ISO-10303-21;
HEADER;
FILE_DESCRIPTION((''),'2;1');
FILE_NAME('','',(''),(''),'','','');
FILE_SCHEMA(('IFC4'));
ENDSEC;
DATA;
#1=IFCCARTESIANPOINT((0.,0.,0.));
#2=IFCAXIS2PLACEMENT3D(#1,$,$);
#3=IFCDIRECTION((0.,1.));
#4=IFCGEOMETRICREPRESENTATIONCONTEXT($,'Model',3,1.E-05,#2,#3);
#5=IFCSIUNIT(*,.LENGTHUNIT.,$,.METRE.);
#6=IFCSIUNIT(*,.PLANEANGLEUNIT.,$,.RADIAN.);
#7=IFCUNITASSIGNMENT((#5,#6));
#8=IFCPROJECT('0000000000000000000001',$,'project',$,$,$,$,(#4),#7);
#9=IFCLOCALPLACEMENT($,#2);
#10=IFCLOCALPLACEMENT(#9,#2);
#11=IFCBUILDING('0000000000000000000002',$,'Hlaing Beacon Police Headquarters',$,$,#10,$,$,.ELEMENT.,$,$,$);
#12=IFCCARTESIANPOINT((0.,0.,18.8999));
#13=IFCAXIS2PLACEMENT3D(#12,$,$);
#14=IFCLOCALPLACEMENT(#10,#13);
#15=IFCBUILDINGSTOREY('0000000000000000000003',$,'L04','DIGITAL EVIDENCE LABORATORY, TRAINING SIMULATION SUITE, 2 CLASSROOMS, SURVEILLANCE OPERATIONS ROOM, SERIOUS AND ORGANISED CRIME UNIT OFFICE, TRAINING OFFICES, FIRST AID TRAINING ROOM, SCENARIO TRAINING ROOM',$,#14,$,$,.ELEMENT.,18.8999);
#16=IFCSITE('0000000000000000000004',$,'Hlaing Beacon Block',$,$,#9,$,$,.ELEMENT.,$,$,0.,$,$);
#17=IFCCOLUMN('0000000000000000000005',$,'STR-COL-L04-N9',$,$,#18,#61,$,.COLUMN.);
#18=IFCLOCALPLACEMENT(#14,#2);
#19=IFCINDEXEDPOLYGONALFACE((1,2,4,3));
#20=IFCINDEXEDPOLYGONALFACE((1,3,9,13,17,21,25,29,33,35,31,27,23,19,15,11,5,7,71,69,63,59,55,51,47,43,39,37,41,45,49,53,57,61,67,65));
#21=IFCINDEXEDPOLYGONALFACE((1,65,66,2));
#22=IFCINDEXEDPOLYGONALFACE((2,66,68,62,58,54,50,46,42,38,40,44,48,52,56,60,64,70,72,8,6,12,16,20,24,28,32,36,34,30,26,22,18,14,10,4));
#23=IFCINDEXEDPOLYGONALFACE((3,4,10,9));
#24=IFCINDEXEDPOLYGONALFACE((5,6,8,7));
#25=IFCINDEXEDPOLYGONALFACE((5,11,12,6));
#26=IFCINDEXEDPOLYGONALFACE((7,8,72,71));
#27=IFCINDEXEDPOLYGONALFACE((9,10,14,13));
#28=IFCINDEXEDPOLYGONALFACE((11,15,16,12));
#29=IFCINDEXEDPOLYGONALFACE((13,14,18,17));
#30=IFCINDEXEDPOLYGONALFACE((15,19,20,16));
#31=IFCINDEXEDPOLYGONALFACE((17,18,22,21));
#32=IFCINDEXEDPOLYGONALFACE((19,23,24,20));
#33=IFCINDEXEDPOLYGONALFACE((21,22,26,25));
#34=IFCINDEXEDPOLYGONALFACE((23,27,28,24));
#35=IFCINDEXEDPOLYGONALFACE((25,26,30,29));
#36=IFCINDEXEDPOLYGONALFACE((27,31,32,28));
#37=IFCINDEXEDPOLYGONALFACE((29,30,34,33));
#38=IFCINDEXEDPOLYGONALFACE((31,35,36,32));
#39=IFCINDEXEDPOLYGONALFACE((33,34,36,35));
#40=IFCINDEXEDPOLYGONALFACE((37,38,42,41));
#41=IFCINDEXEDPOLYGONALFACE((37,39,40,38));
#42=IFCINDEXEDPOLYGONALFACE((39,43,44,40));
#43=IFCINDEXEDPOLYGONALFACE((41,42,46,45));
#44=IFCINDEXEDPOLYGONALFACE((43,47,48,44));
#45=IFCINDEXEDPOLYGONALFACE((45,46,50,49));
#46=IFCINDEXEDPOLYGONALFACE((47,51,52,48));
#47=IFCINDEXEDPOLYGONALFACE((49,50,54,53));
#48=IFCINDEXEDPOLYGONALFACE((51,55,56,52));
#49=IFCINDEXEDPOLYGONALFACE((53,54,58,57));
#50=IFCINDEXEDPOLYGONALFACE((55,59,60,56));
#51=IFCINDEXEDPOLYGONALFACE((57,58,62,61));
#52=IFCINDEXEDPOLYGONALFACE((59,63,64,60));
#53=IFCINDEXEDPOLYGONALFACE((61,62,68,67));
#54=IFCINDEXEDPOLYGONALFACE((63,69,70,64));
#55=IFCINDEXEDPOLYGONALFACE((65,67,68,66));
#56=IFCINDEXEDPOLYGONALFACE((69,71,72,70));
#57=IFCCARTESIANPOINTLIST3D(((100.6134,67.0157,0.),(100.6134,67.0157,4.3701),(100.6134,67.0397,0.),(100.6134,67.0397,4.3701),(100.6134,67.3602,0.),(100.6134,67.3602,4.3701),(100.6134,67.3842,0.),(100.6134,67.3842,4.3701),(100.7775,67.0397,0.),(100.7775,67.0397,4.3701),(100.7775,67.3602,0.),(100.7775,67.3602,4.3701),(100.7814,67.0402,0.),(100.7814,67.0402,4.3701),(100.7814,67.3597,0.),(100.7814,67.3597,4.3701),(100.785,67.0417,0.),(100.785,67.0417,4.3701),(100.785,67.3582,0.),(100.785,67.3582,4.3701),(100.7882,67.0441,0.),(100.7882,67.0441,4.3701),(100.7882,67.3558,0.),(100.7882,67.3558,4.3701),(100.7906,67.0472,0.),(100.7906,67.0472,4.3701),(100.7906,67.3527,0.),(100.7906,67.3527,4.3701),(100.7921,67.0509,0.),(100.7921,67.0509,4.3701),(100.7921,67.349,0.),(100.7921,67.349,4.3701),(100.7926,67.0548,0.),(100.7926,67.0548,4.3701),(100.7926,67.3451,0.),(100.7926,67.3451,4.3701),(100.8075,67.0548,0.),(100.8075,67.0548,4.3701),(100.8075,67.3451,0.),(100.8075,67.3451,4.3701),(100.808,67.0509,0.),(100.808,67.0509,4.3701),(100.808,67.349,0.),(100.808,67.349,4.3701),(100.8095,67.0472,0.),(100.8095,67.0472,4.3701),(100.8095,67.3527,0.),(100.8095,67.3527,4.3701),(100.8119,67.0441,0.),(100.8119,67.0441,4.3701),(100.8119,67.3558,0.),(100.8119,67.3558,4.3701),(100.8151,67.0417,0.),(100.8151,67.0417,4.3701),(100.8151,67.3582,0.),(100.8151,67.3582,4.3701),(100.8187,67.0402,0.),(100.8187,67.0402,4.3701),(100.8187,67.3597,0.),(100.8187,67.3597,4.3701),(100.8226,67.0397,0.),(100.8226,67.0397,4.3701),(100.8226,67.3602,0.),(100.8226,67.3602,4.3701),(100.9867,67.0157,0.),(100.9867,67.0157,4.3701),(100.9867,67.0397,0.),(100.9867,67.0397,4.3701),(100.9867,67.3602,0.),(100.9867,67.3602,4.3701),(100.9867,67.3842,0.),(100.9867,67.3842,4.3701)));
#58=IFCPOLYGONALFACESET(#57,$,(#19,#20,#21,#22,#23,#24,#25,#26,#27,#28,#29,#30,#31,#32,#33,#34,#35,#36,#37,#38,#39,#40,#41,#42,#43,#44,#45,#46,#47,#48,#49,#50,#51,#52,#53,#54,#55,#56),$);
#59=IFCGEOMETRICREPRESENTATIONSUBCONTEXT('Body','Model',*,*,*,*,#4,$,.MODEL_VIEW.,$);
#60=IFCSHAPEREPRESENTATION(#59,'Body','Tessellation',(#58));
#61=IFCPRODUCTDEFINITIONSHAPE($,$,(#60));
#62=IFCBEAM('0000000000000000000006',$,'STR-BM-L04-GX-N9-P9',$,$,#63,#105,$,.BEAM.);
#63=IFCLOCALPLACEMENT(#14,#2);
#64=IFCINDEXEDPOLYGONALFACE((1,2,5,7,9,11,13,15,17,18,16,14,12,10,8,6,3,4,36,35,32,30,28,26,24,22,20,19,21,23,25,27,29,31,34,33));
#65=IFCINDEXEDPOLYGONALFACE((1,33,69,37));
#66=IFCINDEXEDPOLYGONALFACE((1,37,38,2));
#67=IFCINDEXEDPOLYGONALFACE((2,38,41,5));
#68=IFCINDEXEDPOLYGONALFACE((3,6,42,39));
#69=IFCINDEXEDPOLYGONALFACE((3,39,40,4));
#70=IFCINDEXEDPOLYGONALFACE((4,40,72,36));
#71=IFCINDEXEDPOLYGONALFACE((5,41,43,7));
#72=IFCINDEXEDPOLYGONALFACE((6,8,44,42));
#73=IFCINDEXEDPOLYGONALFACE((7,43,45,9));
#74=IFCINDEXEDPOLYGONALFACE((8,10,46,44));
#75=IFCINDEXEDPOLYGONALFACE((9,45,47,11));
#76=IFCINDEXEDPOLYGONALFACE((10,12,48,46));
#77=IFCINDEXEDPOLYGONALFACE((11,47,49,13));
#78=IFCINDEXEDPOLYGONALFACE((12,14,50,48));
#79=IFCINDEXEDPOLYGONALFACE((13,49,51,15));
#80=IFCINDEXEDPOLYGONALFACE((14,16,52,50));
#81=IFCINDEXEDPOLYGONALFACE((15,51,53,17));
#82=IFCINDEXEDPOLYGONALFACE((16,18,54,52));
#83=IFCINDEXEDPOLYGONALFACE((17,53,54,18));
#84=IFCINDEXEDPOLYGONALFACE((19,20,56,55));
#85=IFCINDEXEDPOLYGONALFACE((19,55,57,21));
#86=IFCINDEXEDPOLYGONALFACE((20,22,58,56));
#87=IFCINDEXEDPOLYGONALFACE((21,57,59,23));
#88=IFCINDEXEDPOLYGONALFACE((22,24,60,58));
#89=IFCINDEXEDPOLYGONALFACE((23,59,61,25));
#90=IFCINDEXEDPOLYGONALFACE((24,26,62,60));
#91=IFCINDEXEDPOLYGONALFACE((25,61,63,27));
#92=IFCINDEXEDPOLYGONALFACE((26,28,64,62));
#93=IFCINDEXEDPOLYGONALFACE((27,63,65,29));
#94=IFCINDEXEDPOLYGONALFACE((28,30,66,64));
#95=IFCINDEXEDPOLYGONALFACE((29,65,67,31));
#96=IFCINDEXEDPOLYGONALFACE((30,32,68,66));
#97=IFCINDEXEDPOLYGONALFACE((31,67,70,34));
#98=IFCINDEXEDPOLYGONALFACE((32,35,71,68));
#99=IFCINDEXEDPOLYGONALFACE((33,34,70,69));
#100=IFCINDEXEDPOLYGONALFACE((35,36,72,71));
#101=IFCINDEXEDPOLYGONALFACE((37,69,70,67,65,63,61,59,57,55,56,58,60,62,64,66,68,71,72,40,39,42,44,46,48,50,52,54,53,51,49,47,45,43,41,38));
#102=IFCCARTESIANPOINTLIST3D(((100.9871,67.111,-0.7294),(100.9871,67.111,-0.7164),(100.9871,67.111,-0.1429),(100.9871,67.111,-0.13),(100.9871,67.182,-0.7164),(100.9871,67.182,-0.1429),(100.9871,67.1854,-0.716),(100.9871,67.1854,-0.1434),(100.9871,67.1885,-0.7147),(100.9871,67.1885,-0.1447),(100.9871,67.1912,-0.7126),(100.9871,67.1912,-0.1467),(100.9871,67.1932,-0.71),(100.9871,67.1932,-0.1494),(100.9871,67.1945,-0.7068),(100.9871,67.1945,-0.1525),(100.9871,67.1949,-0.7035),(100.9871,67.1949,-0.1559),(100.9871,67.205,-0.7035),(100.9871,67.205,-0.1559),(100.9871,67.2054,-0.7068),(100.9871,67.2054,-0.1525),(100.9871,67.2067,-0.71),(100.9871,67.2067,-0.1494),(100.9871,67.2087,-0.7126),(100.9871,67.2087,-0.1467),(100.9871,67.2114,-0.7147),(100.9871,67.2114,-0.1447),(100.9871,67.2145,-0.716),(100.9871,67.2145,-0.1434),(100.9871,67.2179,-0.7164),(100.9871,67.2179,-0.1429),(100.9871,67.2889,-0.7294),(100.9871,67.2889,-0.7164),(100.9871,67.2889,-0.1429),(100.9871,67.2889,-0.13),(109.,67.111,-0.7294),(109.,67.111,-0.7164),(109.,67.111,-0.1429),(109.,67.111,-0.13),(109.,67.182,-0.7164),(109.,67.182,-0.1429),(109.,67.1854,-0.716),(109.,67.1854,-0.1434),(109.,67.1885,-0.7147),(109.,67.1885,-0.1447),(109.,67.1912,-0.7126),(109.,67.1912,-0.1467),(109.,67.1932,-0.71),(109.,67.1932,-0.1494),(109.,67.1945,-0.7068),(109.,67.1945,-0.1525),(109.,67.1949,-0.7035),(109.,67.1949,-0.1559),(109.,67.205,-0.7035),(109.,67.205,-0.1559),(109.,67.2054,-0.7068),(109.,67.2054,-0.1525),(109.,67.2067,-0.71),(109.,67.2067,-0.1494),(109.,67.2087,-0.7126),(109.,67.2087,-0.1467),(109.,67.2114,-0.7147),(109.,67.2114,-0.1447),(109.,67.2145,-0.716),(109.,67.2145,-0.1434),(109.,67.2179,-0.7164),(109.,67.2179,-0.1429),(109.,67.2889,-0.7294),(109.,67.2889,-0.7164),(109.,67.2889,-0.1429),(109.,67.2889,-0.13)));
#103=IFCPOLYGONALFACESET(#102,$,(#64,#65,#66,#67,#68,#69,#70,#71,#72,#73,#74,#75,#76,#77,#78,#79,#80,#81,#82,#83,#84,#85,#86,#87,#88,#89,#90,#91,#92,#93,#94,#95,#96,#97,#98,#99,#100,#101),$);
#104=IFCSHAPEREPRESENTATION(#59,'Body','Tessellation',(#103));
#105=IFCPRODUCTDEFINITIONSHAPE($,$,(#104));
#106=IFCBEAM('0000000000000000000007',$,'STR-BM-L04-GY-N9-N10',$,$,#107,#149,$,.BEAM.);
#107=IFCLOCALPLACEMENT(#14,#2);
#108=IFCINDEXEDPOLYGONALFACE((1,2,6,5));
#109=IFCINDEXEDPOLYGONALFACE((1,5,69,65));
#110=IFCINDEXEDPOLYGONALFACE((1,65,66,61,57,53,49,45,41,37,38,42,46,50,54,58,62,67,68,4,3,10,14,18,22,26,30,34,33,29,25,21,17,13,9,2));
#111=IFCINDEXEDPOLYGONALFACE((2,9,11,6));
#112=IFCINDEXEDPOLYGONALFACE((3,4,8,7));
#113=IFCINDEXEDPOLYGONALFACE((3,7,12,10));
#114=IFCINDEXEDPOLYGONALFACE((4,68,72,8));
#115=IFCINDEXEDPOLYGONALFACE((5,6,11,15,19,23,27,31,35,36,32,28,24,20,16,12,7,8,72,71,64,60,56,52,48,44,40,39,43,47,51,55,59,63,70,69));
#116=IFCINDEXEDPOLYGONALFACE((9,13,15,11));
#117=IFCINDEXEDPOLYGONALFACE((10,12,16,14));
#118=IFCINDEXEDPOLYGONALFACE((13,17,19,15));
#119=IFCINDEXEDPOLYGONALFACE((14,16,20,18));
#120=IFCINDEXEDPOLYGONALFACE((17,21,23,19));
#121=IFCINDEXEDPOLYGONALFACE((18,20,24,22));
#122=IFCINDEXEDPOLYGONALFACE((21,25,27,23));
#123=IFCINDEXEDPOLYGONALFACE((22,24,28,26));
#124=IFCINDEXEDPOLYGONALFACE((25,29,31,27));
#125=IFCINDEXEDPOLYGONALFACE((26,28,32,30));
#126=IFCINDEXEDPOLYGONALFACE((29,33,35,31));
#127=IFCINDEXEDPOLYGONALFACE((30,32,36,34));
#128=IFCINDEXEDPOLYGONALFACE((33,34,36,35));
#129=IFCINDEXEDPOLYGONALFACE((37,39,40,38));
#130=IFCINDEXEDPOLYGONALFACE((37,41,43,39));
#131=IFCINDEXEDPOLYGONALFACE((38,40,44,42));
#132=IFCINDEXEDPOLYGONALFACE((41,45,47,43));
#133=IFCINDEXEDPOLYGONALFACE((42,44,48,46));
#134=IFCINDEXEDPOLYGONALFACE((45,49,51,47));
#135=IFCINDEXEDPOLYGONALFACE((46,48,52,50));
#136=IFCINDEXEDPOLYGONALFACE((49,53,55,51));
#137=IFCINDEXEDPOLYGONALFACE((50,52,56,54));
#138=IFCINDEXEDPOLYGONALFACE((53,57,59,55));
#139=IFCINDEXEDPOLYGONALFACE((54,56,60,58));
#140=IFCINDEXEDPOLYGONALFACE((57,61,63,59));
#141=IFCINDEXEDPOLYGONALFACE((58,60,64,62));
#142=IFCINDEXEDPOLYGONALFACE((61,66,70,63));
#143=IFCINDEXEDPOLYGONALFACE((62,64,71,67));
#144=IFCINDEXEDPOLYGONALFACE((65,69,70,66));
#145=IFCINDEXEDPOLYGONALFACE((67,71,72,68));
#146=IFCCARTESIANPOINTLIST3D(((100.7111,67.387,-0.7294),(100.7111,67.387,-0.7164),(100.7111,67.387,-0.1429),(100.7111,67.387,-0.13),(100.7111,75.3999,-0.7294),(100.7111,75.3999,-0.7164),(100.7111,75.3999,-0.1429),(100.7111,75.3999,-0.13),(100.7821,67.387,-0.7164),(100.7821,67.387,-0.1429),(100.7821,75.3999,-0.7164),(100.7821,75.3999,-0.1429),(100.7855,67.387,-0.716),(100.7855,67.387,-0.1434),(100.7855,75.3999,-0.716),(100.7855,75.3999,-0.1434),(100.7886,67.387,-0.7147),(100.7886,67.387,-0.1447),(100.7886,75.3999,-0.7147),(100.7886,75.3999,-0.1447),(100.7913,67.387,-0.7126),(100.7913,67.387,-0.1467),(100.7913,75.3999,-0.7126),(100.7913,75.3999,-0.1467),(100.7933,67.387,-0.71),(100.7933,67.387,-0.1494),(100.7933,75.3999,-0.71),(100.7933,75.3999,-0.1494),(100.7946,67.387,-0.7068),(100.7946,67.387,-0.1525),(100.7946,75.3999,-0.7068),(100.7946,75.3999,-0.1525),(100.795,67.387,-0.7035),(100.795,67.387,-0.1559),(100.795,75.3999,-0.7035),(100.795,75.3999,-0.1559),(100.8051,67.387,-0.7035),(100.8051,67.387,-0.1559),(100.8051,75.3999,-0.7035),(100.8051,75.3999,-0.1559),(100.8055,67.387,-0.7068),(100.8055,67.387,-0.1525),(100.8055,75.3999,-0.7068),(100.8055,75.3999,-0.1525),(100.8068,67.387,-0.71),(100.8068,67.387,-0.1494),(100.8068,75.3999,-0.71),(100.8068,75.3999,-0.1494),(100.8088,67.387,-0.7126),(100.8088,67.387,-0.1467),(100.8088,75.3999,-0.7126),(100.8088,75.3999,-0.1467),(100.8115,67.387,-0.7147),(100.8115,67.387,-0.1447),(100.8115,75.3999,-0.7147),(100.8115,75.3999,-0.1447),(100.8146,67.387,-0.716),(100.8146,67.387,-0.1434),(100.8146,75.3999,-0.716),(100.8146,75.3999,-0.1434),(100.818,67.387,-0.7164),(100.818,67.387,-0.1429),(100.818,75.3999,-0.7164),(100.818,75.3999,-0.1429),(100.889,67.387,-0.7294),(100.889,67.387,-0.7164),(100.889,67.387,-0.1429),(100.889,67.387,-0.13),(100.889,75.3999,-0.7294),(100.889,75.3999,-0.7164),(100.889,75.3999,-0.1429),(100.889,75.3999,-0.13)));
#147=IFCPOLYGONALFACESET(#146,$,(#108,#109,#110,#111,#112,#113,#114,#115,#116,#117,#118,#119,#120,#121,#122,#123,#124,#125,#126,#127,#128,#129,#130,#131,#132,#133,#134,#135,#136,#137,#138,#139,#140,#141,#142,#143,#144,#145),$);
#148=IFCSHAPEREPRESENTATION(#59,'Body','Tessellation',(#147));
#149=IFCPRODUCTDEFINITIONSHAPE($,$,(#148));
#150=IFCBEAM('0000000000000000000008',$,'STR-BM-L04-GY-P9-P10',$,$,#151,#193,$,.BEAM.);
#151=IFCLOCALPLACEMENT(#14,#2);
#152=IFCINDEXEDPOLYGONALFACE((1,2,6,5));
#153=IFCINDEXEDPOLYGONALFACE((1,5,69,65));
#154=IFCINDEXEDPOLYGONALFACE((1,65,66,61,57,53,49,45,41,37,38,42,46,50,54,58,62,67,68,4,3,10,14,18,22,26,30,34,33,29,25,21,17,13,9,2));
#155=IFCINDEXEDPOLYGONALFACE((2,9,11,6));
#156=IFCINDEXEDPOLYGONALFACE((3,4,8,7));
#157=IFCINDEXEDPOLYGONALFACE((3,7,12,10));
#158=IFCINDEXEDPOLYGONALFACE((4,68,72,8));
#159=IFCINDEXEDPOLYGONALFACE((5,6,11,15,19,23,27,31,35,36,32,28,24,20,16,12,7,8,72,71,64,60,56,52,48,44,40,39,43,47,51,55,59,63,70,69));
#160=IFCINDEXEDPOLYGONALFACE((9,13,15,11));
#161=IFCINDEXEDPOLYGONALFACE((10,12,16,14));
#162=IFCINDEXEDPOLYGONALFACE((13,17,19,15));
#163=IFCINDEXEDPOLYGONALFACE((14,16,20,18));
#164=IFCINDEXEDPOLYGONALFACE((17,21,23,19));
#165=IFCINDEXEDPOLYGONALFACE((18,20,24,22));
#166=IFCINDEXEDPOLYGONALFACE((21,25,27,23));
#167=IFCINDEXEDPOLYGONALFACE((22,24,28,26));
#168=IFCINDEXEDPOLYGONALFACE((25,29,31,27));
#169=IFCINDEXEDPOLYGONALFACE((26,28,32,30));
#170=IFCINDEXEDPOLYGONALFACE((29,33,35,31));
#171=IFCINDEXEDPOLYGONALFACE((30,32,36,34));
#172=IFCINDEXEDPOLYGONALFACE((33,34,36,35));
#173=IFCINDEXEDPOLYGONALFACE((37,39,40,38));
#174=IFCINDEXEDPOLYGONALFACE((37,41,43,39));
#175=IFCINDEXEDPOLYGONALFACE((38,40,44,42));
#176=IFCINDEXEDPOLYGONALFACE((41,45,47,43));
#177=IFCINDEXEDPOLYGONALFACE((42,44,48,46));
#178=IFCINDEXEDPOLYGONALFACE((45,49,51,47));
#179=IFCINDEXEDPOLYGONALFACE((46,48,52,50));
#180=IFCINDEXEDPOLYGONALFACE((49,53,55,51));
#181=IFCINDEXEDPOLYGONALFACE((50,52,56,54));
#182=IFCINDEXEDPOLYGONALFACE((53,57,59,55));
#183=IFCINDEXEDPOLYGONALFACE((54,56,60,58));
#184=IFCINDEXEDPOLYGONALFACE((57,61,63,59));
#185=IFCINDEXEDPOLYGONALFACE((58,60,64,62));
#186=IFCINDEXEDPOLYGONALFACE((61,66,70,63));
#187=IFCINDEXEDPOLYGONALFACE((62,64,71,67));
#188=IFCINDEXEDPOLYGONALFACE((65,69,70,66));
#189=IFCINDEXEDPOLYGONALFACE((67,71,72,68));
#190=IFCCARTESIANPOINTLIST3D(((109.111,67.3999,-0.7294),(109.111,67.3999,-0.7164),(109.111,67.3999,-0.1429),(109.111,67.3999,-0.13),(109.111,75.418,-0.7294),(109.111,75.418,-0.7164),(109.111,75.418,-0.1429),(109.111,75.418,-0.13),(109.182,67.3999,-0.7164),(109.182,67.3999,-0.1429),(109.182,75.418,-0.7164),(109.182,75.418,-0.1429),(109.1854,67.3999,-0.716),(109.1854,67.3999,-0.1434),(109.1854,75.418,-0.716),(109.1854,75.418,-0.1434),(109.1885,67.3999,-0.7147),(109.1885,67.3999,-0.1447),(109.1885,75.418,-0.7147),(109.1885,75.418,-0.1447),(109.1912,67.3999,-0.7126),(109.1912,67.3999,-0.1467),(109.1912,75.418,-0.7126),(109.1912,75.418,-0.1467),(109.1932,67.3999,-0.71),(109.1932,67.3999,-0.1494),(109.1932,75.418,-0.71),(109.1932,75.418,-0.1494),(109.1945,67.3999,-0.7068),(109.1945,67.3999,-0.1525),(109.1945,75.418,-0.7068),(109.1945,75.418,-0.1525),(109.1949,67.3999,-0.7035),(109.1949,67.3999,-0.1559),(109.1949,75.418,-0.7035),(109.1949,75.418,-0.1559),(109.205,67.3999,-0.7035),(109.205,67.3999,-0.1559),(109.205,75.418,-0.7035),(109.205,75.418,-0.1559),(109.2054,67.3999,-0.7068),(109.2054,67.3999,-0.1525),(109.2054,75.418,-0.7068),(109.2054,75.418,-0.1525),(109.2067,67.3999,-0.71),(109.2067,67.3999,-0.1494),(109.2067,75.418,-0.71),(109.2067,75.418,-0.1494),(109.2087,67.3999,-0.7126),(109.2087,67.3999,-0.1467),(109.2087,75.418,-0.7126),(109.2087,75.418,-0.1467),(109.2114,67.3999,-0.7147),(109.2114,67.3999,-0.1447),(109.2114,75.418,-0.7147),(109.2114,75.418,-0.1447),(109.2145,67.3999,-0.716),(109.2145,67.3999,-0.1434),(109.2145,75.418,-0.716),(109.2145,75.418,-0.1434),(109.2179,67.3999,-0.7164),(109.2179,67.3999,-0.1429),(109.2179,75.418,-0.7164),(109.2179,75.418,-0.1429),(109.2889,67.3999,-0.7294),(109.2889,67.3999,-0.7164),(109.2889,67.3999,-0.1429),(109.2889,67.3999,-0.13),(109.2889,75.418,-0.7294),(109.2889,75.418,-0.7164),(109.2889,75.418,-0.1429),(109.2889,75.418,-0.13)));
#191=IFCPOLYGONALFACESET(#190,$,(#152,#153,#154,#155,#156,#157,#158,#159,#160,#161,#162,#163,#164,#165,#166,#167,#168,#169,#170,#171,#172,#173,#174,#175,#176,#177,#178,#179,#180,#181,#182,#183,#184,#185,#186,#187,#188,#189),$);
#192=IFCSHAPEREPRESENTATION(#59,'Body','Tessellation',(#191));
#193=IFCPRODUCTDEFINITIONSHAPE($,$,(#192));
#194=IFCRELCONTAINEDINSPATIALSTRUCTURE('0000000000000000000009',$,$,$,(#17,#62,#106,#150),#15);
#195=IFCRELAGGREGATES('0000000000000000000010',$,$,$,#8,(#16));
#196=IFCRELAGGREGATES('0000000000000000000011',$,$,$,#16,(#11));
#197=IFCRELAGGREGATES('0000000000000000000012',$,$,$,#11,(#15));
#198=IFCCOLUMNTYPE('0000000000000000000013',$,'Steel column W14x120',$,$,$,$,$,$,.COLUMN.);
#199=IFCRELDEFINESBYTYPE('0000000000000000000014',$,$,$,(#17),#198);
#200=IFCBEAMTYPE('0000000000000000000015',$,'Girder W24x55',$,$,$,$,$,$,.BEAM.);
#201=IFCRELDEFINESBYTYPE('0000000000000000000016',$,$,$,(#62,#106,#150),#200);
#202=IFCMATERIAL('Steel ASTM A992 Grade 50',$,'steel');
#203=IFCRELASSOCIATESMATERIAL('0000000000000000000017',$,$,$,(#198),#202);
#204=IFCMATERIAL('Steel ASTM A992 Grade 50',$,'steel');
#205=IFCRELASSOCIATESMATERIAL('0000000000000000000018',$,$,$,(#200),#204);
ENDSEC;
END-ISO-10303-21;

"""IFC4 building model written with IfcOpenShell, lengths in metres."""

from ifc_helpers import new_model, si_unit, direction, frame, origin, origin_2d, place, context, subcontext, project, spatial, i_section, extrude, material, material_profile, profile_set, type_object, element, save


model = new_model("IFC4")

# Units and contexts
model_context = context("Model", 3, precision=1e-05, world=origin(), true_north=direction((0.0, 1.0)))
body_context = subcontext(model_context, "Body", "Model", "MODEL_VIEW")
ifc_project = project(units=[si_unit("LENGTHUNIT", "METRE"), si_unit("PLANEANGLEUNIT", "RADIAN")], contexts=[model_context])

# Site, building, storey
site_placement = place(None, origin())
site = spatial("IfcSite", under=ifc_project, at=site_placement, Name="Hlaing Beacon Block", CompositionType="ELEMENT", RefElevation=0.0)
building_placement = place(site_placement, origin())
building = spatial("IfcBuilding", under=site, at=building_placement, Name="Hlaing Beacon Police Headquarters", CompositionType="ELEMENT")
storey_placement = place(building_placement, frame((0.0, 0.0, 18.8999)))
storey = spatial("IfcBuildingStorey", under=building, at=storey_placement, Name="L04", Description="DIGITAL EVIDENCE LABORATORY, TRAINING SIMULATION SUITE, 2 CLASSROOMS, SURVEILLANCE OPERATIONS ROOM, SERIOUS AND ORGANISED CRIME UNIT OFFICE, TRAINING OFFICES, FIRST AID TRAINING ROOM, SCENARIO TRAINING ROOM", CompositionType="ELEMENT", Elevation=18.8999)

# Column
ifc_material_1 = material(Name="Steel ASTM A992 Grade 50", Category="steel")
ifc_material_profile_1 = material_profile(ifc_material_1, i_section(OverallWidth=0.3733, OverallDepth=0.3684, WebThickness=0.0149, FlangeThickness=0.0239, FilletRadius=0.0151, at=origin_2d()), Name="W14x120")
ifc_profile_set_1 = profile_set([ifc_material_profile_1], Name="Steel ASTM A992 Grade 50")
column_type = type_object("IfcColumnType", Name="Steel column W14x120", PredefinedType="COLUMN", material=ifc_profile_set_1)
column_placement = place(storey_placement, frame((100.8, 67.2, 0.0), z_axis=(0.0, 0.0, 1.0), x_axis=(1.0, 0.0, 0.0)))
element("IfcColumn", 1, at=column_placement, inside=storey, type_object=column_type, Name="STR-COL-L04-N9", PredefinedType="COLUMN", context=body_context, shape_type="SweptSolid", body=[
    extrude(i_section(OverallWidth=0.3733, OverallDepth=0.3684, WebThickness=0.0149, FlangeThickness=0.0239, FilletRadius=0.0151, at=origin_2d()), origin(), (0.0, 0.0, 1.0), 4.3701),
])

# Beams
ifc_material_2 = material(Name="Steel ASTM A992 Grade 50", Category="steel")
ifc_material_profile_2 = material_profile(ifc_material_2, i_section(OverallWidth=0.178, OverallDepth=0.5994, WebThickness=0.01, FlangeThickness=0.0129, FilletRadius=0.0129, at=origin_2d()), Name="W24x55")
ifc_profile_set_2 = profile_set([ifc_material_profile_2], Name="Steel ASTM A992 Grade 50")
beam_type_1 = type_object("IfcBeamType", Name="Girder W24x55", PredefinedType="BEAM", material=ifc_profile_set_2)
for number, where, z_axis, x_axis, name in (
    (2, (100.9871, 67.2, -0.4297), (1.0, 0.0, 0.0), (0.0, 1.0, 0.0), "STR-BM-L04-GX-N9-P9"),
    (3, (100.8, 67.387, -0.4297), (0.0, 1.0, 0.0), (-1.0, 0.0, 0.0), "STR-BM-L04-GY-N9-N10"),
):
    element("IfcBeam", number, at=place(storey_placement, frame(where, z_axis=z_axis, x_axis=x_axis)), inside=storey, type_object=beam_type_1, Name=name, PredefinedType="BEAM", context=body_context, shape_type="SweptSolid", body=[
        extrude(i_section(OverallWidth=0.178, OverallDepth=0.5994, WebThickness=0.01, FlangeThickness=0.0129, FilletRadius=0.0129, at=origin_2d()), origin(), (0.0, 0.0, 1.0), 8.0129),
    ])
beam_1_placement = place(storey_placement, frame((109.2, 67.3999, -0.4297), z_axis=(0.0, 1.0, 0.0), x_axis=(-1.0, 0.0, 0.0)))
element("IfcBeam", 4, at=beam_1_placement, inside=storey, type_object=beam_type_1, Name="STR-BM-L04-GY-P9-P10", PredefinedType="BEAM", context=body_context, shape_type="SweptSolid", body=[
    extrude(i_section(OverallWidth=0.178, OverallDepth=0.5994, WebThickness=0.01, FlangeThickness=0.0129, FilletRadius=0.0129, at=origin_2d()), origin(), (0.0, 0.0, 1.0), 8.0181),
])

save(model, "model.ifc")
